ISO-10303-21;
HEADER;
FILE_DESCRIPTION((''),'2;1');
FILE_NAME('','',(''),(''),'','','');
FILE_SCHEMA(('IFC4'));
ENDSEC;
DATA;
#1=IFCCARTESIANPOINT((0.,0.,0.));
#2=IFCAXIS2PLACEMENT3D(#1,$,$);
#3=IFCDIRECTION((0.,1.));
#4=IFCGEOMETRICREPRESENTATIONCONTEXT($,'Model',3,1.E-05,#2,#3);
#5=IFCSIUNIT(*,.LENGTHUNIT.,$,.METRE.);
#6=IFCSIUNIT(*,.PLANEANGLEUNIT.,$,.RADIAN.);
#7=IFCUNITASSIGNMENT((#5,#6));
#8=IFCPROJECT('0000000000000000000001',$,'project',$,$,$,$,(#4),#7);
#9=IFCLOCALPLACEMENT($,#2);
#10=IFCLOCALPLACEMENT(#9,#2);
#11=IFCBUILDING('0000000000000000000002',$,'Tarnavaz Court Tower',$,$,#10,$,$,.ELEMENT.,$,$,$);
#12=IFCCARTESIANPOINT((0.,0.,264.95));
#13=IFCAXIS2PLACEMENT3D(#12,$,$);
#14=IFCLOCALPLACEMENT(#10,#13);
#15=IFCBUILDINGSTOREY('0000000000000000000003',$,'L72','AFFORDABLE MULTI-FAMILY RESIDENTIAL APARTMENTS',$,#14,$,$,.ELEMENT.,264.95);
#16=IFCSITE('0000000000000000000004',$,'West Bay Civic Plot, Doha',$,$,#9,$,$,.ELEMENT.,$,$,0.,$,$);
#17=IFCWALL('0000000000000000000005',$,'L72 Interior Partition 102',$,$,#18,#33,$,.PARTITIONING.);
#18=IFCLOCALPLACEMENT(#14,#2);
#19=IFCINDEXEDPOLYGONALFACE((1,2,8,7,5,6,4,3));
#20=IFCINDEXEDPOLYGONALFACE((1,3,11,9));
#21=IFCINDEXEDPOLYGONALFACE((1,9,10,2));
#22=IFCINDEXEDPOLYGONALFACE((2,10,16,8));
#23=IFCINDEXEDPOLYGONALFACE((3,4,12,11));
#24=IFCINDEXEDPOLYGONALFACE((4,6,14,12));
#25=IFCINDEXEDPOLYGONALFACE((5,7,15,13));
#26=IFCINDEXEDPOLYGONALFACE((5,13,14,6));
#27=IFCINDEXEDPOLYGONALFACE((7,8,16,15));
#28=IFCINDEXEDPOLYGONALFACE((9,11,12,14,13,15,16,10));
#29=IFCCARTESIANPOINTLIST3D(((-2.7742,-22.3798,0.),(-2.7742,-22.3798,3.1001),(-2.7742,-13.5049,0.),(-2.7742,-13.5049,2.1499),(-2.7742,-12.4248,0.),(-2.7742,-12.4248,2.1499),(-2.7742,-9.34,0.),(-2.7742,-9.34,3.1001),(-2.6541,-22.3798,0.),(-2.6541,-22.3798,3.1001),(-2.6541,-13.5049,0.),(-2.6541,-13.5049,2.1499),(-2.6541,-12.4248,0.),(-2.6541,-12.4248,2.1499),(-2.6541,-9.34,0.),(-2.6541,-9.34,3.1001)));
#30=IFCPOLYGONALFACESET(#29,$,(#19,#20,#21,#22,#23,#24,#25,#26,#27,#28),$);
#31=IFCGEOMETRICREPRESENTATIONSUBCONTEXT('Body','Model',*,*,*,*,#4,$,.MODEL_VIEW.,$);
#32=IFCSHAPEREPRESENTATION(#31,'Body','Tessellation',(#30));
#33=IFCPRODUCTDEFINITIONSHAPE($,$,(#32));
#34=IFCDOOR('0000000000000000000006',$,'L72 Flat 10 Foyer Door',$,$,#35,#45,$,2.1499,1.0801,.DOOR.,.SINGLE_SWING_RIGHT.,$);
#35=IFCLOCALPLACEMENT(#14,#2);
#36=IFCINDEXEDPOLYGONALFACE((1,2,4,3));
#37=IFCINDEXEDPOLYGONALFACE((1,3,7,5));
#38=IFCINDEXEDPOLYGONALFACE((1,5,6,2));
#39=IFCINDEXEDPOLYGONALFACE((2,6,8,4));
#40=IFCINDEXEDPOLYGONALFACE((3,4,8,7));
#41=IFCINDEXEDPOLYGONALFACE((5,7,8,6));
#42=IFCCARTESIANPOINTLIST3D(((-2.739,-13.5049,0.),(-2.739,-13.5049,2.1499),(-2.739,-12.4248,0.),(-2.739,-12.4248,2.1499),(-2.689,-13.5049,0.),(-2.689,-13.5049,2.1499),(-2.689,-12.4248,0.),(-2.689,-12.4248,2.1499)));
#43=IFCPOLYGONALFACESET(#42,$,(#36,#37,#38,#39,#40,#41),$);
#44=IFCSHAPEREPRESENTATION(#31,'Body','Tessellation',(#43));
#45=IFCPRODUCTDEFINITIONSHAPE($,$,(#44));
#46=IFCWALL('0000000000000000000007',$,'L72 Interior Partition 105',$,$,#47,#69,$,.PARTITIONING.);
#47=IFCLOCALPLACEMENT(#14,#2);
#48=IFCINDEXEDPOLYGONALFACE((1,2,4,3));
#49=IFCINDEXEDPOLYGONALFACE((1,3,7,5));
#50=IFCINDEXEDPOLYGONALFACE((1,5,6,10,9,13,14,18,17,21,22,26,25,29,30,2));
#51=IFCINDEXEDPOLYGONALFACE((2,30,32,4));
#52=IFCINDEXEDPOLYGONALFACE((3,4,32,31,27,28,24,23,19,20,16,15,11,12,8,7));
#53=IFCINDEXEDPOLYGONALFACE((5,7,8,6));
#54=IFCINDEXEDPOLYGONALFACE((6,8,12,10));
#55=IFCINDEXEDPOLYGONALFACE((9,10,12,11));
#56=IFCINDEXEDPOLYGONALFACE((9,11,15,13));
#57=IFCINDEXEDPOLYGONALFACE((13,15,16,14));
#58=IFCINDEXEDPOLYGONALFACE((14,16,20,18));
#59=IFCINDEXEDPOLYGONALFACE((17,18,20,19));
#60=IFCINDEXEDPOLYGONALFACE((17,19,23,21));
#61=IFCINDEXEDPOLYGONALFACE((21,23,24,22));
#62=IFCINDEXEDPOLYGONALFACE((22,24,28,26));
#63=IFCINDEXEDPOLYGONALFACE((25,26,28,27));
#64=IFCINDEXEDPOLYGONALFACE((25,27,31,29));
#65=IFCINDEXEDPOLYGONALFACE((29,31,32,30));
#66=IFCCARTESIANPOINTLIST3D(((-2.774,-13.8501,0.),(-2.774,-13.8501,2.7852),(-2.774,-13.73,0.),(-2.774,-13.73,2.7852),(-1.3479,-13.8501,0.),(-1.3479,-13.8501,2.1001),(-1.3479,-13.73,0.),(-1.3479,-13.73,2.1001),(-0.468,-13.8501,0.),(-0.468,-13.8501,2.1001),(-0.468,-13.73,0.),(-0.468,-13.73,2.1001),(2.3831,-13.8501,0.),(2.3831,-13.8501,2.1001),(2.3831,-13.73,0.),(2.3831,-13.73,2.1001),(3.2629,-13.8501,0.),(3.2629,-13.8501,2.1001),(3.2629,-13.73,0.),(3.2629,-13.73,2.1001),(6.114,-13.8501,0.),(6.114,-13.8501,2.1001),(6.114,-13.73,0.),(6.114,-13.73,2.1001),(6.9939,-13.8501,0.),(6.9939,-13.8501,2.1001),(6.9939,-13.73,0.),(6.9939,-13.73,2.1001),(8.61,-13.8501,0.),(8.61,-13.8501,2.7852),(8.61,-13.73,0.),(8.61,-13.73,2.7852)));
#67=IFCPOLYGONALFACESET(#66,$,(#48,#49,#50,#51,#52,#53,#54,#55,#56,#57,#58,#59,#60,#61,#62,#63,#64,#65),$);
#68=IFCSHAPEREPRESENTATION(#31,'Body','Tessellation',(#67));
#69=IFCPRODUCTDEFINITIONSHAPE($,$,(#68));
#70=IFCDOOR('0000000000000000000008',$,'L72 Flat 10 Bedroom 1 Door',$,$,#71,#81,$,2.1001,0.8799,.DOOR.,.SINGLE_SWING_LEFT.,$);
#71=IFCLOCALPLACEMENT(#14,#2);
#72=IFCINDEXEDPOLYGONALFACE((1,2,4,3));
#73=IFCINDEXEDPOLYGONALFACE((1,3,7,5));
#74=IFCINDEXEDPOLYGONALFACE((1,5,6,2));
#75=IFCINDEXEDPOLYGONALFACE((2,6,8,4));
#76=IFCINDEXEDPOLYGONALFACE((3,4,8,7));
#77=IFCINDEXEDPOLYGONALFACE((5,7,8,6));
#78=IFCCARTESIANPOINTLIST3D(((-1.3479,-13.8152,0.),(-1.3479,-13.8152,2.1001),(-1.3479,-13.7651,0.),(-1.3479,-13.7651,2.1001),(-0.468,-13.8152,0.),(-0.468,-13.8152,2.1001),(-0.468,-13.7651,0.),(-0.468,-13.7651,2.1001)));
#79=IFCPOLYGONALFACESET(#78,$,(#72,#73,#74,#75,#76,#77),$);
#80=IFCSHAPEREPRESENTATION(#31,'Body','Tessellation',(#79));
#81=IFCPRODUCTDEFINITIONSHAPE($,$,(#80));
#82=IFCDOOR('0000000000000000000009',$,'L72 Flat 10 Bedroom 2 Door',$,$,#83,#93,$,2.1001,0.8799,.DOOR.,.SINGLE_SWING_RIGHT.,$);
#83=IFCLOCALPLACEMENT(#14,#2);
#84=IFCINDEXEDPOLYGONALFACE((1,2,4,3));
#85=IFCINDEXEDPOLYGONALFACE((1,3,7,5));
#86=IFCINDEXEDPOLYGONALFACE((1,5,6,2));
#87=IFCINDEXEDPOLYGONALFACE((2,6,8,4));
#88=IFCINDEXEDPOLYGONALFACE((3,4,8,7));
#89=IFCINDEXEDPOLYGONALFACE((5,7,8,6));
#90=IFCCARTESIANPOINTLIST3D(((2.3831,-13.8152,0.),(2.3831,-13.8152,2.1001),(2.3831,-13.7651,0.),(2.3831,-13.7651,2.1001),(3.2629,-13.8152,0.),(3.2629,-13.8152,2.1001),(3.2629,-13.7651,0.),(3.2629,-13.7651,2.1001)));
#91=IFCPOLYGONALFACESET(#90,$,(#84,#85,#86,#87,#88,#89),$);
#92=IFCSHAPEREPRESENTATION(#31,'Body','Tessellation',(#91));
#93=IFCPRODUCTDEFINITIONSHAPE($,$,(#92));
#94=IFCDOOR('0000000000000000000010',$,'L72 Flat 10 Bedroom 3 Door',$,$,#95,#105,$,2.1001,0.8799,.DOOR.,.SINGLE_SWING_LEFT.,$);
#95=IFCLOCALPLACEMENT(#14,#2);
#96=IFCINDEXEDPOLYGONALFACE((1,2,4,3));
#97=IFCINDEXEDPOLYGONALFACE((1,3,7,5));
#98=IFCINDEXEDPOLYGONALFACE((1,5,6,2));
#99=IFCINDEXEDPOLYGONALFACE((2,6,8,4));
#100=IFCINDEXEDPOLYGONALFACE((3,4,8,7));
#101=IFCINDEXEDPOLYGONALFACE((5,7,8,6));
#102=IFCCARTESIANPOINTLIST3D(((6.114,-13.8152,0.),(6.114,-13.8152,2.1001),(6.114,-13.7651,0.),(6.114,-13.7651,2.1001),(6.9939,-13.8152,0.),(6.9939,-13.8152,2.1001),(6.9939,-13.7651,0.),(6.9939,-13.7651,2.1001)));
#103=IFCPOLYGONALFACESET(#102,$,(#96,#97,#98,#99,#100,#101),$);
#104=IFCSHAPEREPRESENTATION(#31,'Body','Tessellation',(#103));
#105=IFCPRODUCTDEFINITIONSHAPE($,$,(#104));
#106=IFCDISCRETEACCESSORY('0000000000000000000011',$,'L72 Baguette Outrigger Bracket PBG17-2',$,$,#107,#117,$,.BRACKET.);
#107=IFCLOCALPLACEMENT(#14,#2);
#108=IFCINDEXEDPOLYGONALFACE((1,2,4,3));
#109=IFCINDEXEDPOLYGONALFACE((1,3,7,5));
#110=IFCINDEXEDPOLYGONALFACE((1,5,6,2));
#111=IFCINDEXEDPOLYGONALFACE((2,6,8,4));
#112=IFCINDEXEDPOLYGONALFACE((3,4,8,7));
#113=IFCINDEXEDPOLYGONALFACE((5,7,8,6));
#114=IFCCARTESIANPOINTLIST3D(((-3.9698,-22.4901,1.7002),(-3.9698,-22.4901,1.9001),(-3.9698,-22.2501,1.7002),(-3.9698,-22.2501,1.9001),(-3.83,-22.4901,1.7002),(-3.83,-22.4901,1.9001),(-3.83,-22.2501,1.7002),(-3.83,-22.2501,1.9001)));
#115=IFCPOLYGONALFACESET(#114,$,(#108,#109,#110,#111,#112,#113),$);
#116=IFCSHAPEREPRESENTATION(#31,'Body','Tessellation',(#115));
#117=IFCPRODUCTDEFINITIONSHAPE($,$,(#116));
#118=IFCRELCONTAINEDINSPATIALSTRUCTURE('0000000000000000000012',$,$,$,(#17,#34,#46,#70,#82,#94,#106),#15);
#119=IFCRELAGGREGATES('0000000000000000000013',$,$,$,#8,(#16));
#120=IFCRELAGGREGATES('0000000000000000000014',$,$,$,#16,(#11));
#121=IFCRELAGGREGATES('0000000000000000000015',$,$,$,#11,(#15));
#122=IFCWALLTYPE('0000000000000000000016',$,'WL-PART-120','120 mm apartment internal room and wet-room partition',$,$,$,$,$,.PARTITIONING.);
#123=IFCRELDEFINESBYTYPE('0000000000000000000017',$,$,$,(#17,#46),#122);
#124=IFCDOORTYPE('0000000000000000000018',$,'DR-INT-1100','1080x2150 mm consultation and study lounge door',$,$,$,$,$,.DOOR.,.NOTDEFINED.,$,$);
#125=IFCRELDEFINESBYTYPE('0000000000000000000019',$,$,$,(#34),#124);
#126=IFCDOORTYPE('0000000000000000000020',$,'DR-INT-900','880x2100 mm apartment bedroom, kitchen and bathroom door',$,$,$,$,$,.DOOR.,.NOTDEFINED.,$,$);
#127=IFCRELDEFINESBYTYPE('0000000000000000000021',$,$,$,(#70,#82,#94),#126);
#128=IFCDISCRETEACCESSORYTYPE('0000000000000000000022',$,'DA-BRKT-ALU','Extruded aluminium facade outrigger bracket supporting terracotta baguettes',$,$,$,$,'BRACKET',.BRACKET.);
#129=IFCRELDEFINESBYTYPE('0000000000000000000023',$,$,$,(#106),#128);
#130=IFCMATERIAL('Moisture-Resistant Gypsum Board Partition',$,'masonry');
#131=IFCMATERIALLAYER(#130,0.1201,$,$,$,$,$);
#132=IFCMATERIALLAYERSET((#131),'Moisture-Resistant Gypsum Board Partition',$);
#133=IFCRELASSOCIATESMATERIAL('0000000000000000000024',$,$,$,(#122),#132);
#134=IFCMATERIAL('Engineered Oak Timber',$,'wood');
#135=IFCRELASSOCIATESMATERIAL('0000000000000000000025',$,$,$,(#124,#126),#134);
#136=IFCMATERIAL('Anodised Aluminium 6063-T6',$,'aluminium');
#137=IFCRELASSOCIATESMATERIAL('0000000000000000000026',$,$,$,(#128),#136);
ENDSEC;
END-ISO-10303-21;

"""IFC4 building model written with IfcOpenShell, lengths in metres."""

from ifc_helpers import new_model, si_unit, direction, frame, frame_2d, origin, origin_2d, place, context, subcontext, project, spatial, rectangle, extrude, material, layer, layer_set, type_object, element, fill, save


model = new_model("IFC4")

# Units and contexts
model_context = context("Model", 3, precision=1e-05, world=origin(), true_north=direction((0.0, 1.0)))
body_context = subcontext(model_context, "Body", "Model", "MODEL_VIEW")
ifc_project = project(units=[si_unit("LENGTHUNIT", "METRE"), si_unit("PLANEANGLEUNIT", "RADIAN")], contexts=[model_context])

# Site, building, storey
site_placement = place(None, origin())
site = spatial("IfcSite", under=ifc_project, at=site_placement, Name="West Bay Civic Plot, Doha", CompositionType="ELEMENT", RefElevation=0.0)
building_placement = place(site_placement, origin())
building = spatial("IfcBuilding", under=site, at=building_placement, Name="Tarnavaz Court Tower", CompositionType="ELEMENT")
storey_placement = place(building_placement, frame((0.0, 0.0, 264.95)))
storey = spatial("IfcBuildingStorey", under=building, at=storey_placement, Name="L72", Description="AFFORDABLE MULTI-FAMILY RESIDENTIAL APARTMENTS", CompositionType="ELEMENT", Elevation=264.95)

# Shared definitions
ifc_material_1 = material(Name="Anodised Aluminium 6063-T6", Category="aluminium")

# Wall, opening, door
ifc_material_2 = material(Name="Moisture-Resistant Gypsum Board Partition", Category="masonry")
ifc_layer_1 = layer(ifc_material_2, 0.1201)
ifc_layer_set_1 = layer_set([ifc_layer_1], Name="Moisture-Resistant Gypsum Board Partition")
wall_type_1 = type_object("IfcWallType", Name="WL-PART-120", Description="120 mm apartment internal room and wet-room partition", PredefinedType="PARTITIONING", material=ifc_layer_set_1)
wall_1_placement = place(storey_placement, frame((-2.7141, -22.3799, 0.0), z_axis=(0.0, 0.0, 1.0), x_axis=(0.0, 1.0, 0.0)))
wall_1 = element("IfcWall", 1, at=wall_1_placement, inside=storey, type_object=wall_type_1, Name="L72 Interior Partition 102", PredefinedType="PARTITIONING", context=body_context, shape_type="SweptSolid", body=[
    extrude(rectangle(XDim=13.0398, YDim=0.1201, at=frame_2d((6.52, 0.0))), origin(), (0.0, 0.0, 1.0), 3.1001),
])
opening_1_placement = place(wall_1_placement, frame((8.875, 0.0, 0.0)))
opening_1 = element("IfcOpeningElement", 2, at=opening_1_placement, cuts=wall_1, PredefinedType="OPENING", context=body_context, shape_type="SweptSolid", body=[
    extrude(rectangle(XDim=1.0801, YDim=2.1499, at=frame_2d((0.54, 1.075))), frame((0.0, 0.0701, 0.0), z_axis=(0.0, -1.0, 0.0), x_axis=(1.0, 0.0, 0.0)), (0.0, 0.0, 1.0), 0.1401),
])
ifc_material_3 = material(Name="Engineered Oak Timber", Category="wood")
door_type_1 = type_object("IfcDoorType", Name="DR-INT-1100", Description="1080x2150 mm consultation and study lounge door", OperationType="NOTDEFINED", PredefinedType="DOOR", material=ifc_material_3)
door_1_placement = place(opening_1_placement, origin())
door_1 = element("IfcDoor", 3, at=door_1_placement, inside=storey, type_object=door_type_1, Name="L72 Flat 10 Foyer Door", OperationType="SINGLE_SWING_RIGHT", OverallHeight=2.1499, OverallWidth=1.0801, PredefinedType="DOOR", context=body_context, shape_type="SweptSolid", body=[
    extrude(rectangle(XDim=1.0801, YDim=2.1499, at=frame_2d((0.54, 1.075))), frame((0.0, 0.0249, 0.0), z_axis=(0.0, -1.0, 0.0), x_axis=(1.0, 0.0, 0.0)), (0.0, 0.0, 1.0), 0.05),
])
fill(opening_1, door_1)

# Wall, openings, doors
wall_2_placement = place(storey_placement, frame((-2.7739, -13.79, 0.0), z_axis=(0.0, 0.0, 1.0), x_axis=(1.0, 0.0, 0.0)))
wall_2 = element("IfcWall", 4, at=wall_2_placement, inside=storey, type_object=wall_type_1, Name="L72 Interior Partition 105", PredefinedType="PARTITIONING", context=body_context, shape_type="SweptSolid", body=[
    extrude(rectangle(XDim=11.384, YDim=0.1201, at=frame_2d((5.6919, 0.0))), origin(), (0.0, 0.0, 1.0), 2.7852),
])
opening_2_placement = place(wall_2_placement, frame((1.426, 0.0, 0.0)))
opening_2 = element("IfcOpeningElement", 5, at=opening_2_placement, cuts=wall_2, PredefinedType="OPENING", context=body_context, shape_type="SweptSolid", body=[
    extrude(rectangle(XDim=0.8799, YDim=2.1001, at=frame_2d((0.4399, 1.05))), frame((0.0, 0.0701, 0.0), z_axis=(0.0, -1.0, 0.0), x_axis=(1.0, 0.0, 0.0)), (0.0, 0.0, 1.0), 0.1401),
])
opening_3_placement = place(wall_2_placement, frame((5.157, 0.0, 0.0)))
opening_3 = element("IfcOpeningElement", 6, at=opening_3_placement, cuts=wall_2, PredefinedType="OPENING", context=body_context, shape_type="SweptSolid", body=[
    extrude(rectangle(XDim=0.8799, YDim=2.1001, at=frame_2d((0.4399, 1.05))), frame((0.0, 0.0701, 0.0), z_axis=(0.0, -1.0, 0.0), x_axis=(1.0, 0.0, 0.0)), (0.0, 0.0, 1.0), 0.1401),
])
opening_4_placement = place(wall_2_placement, frame((8.8879, 0.0, 0.0)))
opening_4 = element("IfcOpeningElement", 7, at=opening_4_placement, cuts=wall_2, PredefinedType="OPENING", context=body_context, shape_type="SweptSolid", body=[
    extrude(rectangle(XDim=0.8799, YDim=2.1001, at=frame_2d((0.4399, 1.05))), frame((0.0, 0.0701, 0.0), z_axis=(0.0, -1.0, 0.0), x_axis=(1.0, 0.0, 0.0)), (0.0, 0.0, 1.0), 0.1401),
])
door_type_2 = type_object("IfcDoorType", Name="DR-INT-900", Description="880x2100 mm apartment bedroom, kitchen and bathroom door", OperationType="NOTDEFINED", PredefinedType="DOOR", material=ifc_material_3)
door_2_placement = place(opening_2_placement, origin())
door_2 = element("IfcDoor", 8, at=door_2_placement, inside=storey, type_object=door_type_2, Name="L72 Flat 10 Bedroom 1 Door", OperationType="SINGLE_SWING_LEFT", OverallHeight=2.1001, OverallWidth=0.8799, PredefinedType="DOOR", context=body_context, shape_type="SweptSolid", body=[
    extrude(rectangle(XDim=0.8799, YDim=2.1001, at=frame_2d((0.4399, 1.05))), frame((0.0, 0.0249, 0.0), z_axis=(0.0, -1.0, 0.0), x_axis=(1.0, 0.0, 0.0)), (0.0, 0.0, 1.0), 0.05),
])
fill(opening_2, door_2)
door_3_placement = place(opening_3_placement, origin())
door_3 = element("IfcDoor", 9, at=door_3_placement, inside=storey, type_object=door_type_2, Name="L72 Flat 10 Bedroom 2 Door", OperationType="SINGLE_SWING_RIGHT", OverallHeight=2.1001, OverallWidth=0.8799, PredefinedType="DOOR", context=body_context, shape_type="SweptSolid", body=[
    extrude(rectangle(XDim=0.8799, YDim=2.1001, at=frame_2d((0.4399, 1.05))), frame((0.0, 0.0249, 0.0), z_axis=(0.0, -1.0, 0.0), x_axis=(1.0, 0.0, 0.0)), (0.0, 0.0, 1.0), 0.05),
])
fill(opening_3, door_3)
door_4_placement = place(opening_4_placement, origin())
door_4 = element("IfcDoor", 10, at=door_4_placement, inside=storey, type_object=door_type_2, Name="L72 Flat 10 Bedroom 3 Door", OperationType="SINGLE_SWING_LEFT", OverallHeight=2.1001, OverallWidth=0.8799, PredefinedType="DOOR", context=body_context, shape_type="SweptSolid", body=[
    extrude(rectangle(XDim=0.8799, YDim=2.1001, at=frame_2d((0.4399, 1.05))), frame((0.0, 0.0249, 0.0), z_axis=(0.0, -1.0, 0.0), x_axis=(1.0, 0.0, 0.0)), (0.0, 0.0, 1.0), 0.05),
])
fill(opening_4, door_4)

# Discrete accessory
discrete_accessory_type = type_object("IfcDiscreteAccessoryType", Name="DA-BRKT-ALU", Description="Extruded aluminium facade outrigger bracket supporting terracotta baguettes", ElementType="BRACKET", PredefinedType="BRACKET", material=ifc_material_1)
discrete_accessory_placement = place(storey_placement, frame((-3.8999, -22.3701, 1.7002), z_axis=(0.0, 0.0, 1.0), x_axis=(-1.0, 0.0, 0.0)))
element("IfcDiscreteAccessory", 11, at=discrete_accessory_placement, inside=storey, type_object=discrete_accessory_type, Name="L72 Baguette Outrigger Bracket PBG17-2", PredefinedType="BRACKET", context=body_context, shape_type="SweptSolid", body=[
    extrude(rectangle(XDim=0.1399, YDim=0.24, at=origin_2d()), origin(), (0.0, 0.0, 1.0), 0.2),
])

save(model, "model.ifc")
